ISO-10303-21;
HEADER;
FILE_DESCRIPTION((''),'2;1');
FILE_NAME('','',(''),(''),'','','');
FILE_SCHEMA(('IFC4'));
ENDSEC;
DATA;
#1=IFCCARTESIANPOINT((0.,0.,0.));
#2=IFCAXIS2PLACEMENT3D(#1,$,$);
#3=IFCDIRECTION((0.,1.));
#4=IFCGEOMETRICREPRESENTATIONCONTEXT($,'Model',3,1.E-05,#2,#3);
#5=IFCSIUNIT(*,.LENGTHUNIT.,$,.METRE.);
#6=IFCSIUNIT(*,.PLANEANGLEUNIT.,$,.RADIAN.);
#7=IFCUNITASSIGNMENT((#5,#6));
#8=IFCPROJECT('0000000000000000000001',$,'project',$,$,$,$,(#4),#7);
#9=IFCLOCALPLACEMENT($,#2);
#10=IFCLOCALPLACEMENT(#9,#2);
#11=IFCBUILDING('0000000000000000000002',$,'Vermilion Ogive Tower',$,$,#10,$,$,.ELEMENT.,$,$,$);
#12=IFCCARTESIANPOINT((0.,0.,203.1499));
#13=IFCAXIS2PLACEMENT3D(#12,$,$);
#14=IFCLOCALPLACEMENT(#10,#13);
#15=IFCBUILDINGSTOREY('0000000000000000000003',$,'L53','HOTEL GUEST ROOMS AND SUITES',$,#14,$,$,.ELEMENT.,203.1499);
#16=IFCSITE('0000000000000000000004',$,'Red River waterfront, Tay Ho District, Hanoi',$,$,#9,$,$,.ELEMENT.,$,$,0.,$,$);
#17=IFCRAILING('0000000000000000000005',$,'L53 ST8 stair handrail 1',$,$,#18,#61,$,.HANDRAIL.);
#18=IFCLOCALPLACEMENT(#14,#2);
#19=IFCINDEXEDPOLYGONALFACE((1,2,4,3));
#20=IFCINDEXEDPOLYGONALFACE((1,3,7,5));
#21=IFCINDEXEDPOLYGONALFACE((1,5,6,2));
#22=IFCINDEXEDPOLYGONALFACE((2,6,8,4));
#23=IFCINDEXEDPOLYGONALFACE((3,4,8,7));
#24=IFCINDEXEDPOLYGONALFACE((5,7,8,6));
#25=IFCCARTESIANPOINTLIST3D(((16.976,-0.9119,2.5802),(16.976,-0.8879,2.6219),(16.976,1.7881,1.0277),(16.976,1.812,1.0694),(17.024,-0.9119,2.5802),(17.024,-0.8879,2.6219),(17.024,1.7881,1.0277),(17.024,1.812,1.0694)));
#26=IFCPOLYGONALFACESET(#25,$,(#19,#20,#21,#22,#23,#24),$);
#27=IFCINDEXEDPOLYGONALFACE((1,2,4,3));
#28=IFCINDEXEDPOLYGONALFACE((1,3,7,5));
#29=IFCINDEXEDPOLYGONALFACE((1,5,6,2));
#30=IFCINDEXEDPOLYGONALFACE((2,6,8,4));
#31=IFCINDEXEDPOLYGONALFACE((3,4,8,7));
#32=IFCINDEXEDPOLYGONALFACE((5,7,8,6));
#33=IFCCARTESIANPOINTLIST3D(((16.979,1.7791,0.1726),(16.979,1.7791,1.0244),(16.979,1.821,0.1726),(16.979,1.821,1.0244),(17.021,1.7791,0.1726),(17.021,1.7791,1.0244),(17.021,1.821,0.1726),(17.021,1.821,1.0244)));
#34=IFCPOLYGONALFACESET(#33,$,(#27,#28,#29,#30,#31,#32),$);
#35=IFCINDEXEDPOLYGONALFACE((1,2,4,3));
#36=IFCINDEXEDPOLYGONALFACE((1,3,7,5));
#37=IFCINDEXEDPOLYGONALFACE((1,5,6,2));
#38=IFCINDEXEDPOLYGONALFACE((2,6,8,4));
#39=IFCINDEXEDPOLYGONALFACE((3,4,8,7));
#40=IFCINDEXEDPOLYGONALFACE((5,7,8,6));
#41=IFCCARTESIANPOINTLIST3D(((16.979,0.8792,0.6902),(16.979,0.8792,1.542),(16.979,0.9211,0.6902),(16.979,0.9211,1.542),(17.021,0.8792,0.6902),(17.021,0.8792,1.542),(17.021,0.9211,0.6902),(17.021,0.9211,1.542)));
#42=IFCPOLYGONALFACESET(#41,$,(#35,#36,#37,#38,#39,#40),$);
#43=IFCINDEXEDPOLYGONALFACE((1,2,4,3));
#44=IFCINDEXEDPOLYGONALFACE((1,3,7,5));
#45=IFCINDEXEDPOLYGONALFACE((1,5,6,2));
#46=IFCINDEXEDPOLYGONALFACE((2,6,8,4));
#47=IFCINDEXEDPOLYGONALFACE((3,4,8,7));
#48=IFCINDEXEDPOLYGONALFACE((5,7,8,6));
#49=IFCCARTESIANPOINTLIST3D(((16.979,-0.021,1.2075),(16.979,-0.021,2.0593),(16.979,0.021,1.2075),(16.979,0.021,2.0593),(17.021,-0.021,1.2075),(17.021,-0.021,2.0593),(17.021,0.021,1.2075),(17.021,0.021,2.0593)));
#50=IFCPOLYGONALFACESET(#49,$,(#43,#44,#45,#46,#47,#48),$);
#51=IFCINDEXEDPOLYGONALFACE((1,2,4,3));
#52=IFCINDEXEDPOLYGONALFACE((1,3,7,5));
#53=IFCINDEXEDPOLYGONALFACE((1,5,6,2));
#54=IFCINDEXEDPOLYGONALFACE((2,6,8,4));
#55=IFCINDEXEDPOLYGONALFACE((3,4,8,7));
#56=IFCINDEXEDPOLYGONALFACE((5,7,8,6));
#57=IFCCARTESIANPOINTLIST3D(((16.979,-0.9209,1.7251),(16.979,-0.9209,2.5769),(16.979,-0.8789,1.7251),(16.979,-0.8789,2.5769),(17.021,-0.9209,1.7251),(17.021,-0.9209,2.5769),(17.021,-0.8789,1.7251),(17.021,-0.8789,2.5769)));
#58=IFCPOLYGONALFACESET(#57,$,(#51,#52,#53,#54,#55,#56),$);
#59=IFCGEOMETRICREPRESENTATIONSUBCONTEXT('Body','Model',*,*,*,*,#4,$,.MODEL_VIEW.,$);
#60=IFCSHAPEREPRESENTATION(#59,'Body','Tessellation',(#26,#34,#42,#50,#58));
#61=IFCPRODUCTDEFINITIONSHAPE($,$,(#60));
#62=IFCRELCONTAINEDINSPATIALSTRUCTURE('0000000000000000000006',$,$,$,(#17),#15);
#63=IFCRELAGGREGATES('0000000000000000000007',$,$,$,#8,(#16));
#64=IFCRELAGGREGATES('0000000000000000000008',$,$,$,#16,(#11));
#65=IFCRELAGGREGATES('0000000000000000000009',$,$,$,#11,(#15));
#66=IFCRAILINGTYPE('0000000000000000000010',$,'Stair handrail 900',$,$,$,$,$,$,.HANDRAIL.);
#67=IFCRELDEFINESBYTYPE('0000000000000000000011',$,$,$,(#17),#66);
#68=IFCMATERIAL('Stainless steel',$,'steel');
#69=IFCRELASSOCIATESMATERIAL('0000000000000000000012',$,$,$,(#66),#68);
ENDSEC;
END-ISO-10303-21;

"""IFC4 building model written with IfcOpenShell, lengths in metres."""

from ifc_helpers import new_model, si_unit, direction, frame, origin, origin_2d, place, context, subcontext, project, spatial, rectangle, extrude, material, type_object, element, save


model = new_model("IFC4")

# Units and contexts
model_context = context("Model", 3, precision=1e-05, world=origin(), true_north=direction((0.0, 1.0)))
body_context = subcontext(model_context, "Body", "Model", "MODEL_VIEW")
ifc_project = project(units=[si_unit("LENGTHUNIT", "METRE"), si_unit("PLANEANGLEUNIT", "RADIAN")], contexts=[model_context])

# Site, building, storey
site_placement = place(None, origin())
site = spatial("IfcSite", under=ifc_project, at=site_placement, Name="Red River waterfront, Tay Ho District, Hanoi", CompositionType="ELEMENT", RefElevation=0.0)
building_placement = place(site_placement, origin())
building = spatial("IfcBuilding", under=site, at=building_placement, Name="Vermilion Ogive Tower", CompositionType="ELEMENT")
storey_placement = place(building_placement, frame((0.0, 0.0, 203.1499)))
storey = spatial("IfcBuildingStorey", under=building, at=storey_placement, Name="L53", Description="HOTEL GUEST ROOMS AND SUITES", CompositionType="ELEMENT", Elevation=203.1499)

# Railing
ifc_material_1 = material(Name="Stainless steel", Category="steel")
railing_type_1 = type_object("IfcRailingType", Name="Stair handrail 900", PredefinedType="HANDRAIL", material=ifc_material_1)
railing_1_placement = place(storey_placement, frame((17.0, 1.8, 0.1726)))
element("IfcRailing", 1, at=railing_1_placement, inside=storey, type_object=railing_type_1, Name="L53 ST8 stair handrail 1", PredefinedType="HANDRAIL", context=body_context, shape_type="SweptSolid", body=[
    extrude(rectangle(XDim=0.0481, YDim=0.0481, at=origin_2d()), frame((0.0, 0.0, 0.876), z_axis=(0.0, -0.866904, 0.498476), x_axis=(1.0, 0.0, 0.0)), (0.0, 0.0, 1.0), 3.1145),
    extrude(rectangle(XDim=0.042, YDim=0.042, at=origin_2d()), origin(), (0.0, 0.0, 1.0), 0.8518),
    extrude(rectangle(XDim=0.042, YDim=0.042, at=origin_2d()), frame((0.0, -0.8999, 0.5176)), (0.0, 0.0, 1.0), 0.8518),
    extrude(rectangle(XDim=0.042, YDim=0.042, at=origin_2d()), frame((0.0, -1.8, 1.0349)), (0.0, 0.0, 1.0), 0.8518),
    extrude(rectangle(XDim=0.042, YDim=0.042, at=origin_2d()), frame((0.0, -2.7, 1.5525)), (0.0, 0.0, 1.0), 0.8518),
])

save(model, "model.ifc")
